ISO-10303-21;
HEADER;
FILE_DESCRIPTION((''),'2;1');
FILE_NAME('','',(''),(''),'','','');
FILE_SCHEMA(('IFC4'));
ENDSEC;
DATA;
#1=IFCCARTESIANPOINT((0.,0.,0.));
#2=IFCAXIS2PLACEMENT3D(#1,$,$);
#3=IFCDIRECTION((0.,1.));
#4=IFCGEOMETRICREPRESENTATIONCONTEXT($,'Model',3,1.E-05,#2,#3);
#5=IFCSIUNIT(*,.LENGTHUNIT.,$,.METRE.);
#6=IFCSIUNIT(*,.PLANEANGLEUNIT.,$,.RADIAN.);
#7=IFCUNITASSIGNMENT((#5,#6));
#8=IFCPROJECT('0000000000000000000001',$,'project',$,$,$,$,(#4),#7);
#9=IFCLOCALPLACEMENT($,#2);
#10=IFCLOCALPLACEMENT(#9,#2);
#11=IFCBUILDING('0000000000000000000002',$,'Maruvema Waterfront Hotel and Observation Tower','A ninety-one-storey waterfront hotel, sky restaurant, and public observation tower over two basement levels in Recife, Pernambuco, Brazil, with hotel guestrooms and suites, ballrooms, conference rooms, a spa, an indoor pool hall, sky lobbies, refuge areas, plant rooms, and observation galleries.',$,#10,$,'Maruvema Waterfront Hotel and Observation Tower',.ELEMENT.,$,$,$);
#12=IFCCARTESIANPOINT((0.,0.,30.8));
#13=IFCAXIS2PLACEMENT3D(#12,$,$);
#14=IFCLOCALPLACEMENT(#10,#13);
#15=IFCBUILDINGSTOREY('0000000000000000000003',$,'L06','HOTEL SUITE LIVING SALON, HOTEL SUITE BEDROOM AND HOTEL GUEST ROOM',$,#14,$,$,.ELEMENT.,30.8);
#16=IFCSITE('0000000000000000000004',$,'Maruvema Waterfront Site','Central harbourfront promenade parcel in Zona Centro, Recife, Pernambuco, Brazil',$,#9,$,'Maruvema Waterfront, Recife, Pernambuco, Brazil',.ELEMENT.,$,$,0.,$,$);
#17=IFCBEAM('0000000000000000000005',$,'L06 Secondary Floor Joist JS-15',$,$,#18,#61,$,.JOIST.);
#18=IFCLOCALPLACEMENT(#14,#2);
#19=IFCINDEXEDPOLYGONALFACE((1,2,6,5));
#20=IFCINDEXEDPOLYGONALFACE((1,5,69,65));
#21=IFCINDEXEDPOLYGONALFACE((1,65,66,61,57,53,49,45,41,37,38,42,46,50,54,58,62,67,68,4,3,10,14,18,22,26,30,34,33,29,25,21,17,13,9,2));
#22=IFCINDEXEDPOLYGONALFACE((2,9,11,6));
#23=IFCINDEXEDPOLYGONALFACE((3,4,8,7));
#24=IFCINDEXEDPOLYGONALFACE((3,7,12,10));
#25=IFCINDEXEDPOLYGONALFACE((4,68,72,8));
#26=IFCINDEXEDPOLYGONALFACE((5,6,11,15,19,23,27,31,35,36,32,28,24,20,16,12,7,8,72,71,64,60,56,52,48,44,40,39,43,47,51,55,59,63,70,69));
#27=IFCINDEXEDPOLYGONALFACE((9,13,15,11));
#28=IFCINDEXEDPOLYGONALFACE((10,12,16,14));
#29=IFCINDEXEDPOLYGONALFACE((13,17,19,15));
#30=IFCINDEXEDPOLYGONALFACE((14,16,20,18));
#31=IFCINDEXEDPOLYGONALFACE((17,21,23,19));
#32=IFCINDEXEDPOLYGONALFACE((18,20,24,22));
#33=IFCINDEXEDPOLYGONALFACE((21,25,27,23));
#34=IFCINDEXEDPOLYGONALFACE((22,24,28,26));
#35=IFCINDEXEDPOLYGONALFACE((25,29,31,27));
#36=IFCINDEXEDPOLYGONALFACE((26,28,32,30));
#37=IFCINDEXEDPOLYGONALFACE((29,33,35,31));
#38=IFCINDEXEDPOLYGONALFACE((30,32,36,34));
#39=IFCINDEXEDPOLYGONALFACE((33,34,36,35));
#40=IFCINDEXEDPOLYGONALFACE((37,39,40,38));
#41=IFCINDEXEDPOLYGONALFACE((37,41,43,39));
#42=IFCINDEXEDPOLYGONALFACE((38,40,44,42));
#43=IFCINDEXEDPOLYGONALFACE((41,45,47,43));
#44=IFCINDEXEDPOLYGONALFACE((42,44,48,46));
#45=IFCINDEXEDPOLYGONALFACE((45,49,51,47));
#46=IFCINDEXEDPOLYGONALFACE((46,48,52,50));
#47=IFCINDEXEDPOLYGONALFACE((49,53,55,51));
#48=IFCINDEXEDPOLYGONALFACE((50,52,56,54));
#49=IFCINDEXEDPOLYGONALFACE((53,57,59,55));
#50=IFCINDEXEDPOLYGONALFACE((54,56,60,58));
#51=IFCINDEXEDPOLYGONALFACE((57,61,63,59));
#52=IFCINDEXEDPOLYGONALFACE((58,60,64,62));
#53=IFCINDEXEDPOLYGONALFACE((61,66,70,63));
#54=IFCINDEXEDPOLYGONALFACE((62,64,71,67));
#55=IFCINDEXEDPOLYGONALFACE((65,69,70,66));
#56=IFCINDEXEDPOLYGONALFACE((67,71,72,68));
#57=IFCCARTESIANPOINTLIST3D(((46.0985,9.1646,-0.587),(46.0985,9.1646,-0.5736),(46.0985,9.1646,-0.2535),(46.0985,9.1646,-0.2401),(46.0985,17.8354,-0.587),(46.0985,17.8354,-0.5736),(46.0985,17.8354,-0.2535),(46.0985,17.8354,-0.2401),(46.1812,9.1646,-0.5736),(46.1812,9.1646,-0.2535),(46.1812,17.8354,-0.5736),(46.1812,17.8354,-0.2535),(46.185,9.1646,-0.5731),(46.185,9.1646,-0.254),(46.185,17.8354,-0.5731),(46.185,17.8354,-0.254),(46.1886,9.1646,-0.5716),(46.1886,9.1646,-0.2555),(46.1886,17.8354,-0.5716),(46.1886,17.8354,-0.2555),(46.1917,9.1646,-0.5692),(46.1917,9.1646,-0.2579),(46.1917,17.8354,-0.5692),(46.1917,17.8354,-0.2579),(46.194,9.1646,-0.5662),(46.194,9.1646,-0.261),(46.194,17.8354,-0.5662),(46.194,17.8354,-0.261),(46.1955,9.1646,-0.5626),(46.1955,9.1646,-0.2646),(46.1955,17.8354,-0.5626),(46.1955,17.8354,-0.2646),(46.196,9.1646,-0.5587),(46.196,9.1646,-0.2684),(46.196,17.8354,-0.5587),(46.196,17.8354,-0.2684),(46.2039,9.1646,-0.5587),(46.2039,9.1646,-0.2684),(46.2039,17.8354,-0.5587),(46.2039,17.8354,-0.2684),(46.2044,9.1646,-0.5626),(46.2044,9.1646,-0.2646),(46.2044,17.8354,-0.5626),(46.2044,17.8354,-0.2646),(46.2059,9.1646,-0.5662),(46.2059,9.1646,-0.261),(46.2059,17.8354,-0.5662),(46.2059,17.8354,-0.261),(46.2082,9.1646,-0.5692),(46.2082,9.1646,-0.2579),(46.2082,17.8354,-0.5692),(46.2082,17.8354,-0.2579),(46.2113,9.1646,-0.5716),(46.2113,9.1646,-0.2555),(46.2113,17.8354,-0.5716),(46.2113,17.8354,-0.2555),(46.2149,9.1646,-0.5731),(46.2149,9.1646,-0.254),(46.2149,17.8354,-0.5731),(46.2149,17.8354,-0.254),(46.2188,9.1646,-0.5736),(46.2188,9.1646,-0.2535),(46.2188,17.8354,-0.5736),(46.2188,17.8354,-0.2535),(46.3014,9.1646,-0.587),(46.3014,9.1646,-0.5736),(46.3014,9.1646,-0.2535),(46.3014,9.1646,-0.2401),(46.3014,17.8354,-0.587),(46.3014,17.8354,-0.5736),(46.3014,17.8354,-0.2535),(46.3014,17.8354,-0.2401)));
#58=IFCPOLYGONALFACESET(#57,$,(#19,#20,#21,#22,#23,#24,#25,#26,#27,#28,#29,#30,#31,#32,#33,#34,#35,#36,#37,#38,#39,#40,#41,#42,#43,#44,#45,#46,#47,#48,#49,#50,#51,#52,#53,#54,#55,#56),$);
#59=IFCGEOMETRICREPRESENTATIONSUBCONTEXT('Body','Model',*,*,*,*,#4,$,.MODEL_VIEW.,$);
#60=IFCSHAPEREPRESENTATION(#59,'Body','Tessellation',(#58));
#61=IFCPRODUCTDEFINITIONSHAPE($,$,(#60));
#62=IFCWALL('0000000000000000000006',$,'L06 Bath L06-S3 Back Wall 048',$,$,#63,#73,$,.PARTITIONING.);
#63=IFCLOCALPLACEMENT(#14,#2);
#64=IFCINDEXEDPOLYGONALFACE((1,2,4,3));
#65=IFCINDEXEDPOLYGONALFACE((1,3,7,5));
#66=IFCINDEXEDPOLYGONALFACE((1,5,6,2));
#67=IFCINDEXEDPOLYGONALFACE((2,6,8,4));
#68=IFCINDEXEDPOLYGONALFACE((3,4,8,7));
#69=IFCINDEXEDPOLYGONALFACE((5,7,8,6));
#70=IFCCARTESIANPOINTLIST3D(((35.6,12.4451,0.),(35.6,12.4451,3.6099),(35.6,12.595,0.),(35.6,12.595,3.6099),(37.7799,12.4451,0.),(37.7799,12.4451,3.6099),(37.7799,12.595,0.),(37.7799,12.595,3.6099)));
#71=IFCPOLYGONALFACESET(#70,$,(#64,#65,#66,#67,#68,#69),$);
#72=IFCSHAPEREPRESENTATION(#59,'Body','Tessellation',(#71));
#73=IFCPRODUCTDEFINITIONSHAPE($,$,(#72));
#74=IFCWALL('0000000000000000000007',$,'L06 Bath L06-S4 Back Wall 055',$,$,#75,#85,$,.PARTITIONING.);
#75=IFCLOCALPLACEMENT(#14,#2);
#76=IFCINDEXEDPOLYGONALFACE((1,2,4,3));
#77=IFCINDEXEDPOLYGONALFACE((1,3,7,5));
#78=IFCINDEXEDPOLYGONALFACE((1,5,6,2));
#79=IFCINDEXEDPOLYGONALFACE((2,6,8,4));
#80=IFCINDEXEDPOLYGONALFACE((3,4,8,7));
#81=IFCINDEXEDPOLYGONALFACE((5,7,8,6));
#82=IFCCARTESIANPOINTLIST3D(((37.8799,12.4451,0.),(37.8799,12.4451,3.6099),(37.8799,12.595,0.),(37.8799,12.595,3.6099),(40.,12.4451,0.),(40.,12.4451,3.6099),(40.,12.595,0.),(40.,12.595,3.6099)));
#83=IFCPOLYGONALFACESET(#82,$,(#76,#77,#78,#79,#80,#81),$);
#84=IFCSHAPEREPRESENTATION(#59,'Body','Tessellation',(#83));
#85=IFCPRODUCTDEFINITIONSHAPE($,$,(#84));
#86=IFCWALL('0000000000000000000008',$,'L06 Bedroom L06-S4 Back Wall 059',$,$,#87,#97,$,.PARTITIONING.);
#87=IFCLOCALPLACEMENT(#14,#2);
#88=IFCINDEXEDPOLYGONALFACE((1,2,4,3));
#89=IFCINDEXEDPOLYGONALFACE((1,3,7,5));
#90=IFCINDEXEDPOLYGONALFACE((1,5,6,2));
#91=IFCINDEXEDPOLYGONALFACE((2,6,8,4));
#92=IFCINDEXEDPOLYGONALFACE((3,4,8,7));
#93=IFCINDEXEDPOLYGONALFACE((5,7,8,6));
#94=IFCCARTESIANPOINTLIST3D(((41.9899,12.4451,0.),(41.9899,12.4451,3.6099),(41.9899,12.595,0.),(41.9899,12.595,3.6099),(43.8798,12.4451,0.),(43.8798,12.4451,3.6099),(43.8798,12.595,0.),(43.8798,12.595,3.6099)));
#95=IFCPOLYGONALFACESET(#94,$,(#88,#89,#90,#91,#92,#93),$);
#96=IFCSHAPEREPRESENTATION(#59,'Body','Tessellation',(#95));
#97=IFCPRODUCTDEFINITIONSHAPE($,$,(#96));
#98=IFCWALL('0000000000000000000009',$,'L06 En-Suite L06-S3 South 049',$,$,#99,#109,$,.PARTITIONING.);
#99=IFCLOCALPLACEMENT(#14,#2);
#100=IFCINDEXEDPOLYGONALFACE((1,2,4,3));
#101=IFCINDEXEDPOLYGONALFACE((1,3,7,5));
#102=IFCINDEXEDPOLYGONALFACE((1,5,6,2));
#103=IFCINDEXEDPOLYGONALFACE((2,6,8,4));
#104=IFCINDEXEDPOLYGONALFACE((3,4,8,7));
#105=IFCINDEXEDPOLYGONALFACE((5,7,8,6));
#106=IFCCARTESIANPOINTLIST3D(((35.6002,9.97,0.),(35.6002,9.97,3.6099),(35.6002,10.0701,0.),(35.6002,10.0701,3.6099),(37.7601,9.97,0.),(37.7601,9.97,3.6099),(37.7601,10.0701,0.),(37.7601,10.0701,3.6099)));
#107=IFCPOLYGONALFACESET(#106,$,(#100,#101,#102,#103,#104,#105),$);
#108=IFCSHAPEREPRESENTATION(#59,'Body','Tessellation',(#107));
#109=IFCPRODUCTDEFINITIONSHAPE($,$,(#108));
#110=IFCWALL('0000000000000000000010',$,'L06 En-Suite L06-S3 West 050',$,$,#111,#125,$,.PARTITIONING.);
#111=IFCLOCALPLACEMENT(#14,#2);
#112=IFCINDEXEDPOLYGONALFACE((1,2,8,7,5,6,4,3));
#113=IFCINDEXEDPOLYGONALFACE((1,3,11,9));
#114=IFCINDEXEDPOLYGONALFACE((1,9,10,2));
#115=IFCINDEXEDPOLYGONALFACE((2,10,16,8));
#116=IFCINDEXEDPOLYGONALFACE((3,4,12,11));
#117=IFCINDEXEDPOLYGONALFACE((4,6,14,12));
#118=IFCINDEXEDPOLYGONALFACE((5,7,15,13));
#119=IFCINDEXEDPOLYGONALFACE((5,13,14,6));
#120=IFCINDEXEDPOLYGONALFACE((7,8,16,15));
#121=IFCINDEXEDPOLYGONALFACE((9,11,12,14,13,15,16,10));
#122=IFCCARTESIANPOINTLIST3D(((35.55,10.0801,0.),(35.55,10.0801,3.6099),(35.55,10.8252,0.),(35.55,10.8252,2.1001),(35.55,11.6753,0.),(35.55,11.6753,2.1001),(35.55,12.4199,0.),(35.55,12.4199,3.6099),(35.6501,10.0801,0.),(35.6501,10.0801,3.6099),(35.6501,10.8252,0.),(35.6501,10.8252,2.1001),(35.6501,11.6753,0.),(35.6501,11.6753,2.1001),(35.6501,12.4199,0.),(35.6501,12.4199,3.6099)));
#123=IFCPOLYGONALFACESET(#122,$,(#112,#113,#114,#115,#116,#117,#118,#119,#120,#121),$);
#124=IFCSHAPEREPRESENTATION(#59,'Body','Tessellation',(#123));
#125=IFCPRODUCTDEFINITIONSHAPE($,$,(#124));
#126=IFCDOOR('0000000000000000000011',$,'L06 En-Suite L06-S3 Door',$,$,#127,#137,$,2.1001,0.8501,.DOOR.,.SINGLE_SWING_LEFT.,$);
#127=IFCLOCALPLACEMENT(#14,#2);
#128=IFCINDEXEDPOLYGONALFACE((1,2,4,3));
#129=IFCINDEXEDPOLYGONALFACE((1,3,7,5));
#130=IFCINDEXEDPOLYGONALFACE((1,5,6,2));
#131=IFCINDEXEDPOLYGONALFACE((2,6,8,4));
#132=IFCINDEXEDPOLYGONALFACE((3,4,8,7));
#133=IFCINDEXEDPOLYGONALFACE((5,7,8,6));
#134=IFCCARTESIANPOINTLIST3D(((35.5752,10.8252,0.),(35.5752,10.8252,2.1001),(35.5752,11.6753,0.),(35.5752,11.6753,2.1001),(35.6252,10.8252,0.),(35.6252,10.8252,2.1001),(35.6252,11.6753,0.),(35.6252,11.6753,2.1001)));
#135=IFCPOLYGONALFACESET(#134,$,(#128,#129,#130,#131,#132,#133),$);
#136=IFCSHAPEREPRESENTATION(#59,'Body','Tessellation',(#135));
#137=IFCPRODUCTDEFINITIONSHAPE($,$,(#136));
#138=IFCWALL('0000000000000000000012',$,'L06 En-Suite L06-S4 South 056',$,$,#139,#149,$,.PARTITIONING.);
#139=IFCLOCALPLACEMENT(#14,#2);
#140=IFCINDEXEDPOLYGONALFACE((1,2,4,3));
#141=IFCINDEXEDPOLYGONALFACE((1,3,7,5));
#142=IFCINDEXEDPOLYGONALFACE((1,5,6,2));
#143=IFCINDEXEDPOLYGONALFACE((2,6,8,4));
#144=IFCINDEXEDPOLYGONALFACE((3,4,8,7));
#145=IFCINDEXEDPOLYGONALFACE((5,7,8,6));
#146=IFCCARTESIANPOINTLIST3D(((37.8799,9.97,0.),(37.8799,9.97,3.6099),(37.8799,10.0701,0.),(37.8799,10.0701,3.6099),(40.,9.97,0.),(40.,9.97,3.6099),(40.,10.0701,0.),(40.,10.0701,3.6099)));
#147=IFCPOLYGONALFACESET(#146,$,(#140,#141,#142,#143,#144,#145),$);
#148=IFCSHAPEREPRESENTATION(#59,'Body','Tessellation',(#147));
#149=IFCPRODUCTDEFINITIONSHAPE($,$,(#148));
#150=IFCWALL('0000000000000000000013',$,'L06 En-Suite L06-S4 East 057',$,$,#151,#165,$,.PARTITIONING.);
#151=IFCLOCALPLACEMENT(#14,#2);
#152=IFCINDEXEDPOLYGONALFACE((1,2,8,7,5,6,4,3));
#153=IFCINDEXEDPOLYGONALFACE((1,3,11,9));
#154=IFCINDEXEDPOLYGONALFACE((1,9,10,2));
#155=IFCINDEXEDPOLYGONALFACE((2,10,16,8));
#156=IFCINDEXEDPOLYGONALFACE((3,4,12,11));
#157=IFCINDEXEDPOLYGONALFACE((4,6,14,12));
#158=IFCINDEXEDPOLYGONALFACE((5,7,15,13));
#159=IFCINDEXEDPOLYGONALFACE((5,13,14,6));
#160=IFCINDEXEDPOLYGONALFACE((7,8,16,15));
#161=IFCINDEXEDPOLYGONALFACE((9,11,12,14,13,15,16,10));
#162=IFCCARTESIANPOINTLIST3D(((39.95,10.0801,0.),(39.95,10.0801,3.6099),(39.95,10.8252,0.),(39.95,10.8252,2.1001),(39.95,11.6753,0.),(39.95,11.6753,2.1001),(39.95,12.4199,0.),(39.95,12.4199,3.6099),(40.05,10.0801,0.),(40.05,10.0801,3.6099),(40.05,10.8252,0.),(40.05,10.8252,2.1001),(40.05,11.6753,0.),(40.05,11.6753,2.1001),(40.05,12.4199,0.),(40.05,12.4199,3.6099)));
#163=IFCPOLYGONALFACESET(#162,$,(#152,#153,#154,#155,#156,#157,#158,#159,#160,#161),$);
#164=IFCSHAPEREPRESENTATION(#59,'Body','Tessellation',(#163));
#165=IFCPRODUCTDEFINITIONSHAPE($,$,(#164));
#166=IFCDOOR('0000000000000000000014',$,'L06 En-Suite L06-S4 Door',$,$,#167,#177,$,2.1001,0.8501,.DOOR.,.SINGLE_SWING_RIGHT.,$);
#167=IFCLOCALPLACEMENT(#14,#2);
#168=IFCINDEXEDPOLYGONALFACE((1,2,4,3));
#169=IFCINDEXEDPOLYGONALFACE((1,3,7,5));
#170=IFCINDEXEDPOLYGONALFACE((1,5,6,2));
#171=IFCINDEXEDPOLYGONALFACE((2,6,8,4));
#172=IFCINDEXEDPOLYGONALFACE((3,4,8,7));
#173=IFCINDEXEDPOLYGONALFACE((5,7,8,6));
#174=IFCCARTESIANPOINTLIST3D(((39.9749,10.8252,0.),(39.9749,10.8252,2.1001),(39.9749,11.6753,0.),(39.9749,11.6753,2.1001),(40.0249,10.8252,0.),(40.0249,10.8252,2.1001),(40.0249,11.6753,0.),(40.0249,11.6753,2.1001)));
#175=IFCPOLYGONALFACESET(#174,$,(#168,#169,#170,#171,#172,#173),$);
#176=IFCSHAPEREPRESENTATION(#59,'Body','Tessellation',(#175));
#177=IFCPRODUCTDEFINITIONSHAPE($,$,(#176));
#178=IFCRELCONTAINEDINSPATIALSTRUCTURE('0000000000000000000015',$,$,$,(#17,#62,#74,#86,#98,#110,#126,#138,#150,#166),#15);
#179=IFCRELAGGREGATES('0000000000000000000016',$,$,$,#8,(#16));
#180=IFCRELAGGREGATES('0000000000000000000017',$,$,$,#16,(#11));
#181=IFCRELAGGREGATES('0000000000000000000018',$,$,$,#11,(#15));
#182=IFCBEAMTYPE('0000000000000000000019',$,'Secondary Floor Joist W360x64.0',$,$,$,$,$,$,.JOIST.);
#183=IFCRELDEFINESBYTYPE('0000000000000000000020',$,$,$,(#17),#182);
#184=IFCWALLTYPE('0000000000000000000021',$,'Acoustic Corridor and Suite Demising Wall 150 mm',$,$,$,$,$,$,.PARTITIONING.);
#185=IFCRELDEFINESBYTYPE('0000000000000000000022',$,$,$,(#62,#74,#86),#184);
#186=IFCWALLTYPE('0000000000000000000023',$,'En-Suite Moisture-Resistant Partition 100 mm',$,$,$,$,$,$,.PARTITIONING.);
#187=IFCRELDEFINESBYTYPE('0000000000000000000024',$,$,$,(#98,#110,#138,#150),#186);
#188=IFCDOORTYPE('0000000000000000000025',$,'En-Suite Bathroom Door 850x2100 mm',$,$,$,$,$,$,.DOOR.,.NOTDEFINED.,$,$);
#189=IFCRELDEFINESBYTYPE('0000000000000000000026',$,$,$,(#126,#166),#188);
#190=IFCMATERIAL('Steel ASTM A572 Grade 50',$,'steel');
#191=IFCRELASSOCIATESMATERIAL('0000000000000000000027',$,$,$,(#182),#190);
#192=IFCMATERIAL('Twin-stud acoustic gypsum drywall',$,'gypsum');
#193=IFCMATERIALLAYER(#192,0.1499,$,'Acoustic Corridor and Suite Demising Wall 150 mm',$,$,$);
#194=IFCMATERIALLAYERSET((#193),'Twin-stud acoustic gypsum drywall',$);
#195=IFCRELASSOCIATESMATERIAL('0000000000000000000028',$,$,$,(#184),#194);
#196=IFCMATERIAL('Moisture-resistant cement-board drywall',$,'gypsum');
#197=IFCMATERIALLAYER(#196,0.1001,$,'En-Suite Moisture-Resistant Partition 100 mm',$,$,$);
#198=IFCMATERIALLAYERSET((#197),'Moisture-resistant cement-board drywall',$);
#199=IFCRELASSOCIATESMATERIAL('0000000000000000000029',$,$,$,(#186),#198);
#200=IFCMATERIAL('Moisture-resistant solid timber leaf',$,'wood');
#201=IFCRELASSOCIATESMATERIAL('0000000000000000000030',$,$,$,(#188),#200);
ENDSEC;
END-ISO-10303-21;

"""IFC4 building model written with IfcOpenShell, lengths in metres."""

from ifc_helpers import new_model, si_unit, direction, frame, frame_2d, origin, origin_2d, place, context, subcontext, project, spatial, rectangle, i_section, extrude, material, layer, layer_set, material_profile, profile_set, type_object, element, fill, save


model = new_model("IFC4")

# Units and contexts
model_context = context("Model", 3, precision=1e-05, world=origin(), true_north=direction((0.0, 1.0)))
body_context = subcontext(model_context, "Body", "Model", "MODEL_VIEW")
ifc_project = project(units=[si_unit("LENGTHUNIT", "METRE"), si_unit("PLANEANGLEUNIT", "RADIAN")], contexts=[model_context])

# Site, building, storey
site_placement = place(None, origin())
site = spatial("IfcSite", under=ifc_project, at=site_placement, Name="Maruvema Waterfront Site", Description="Central harbourfront promenade parcel in Zona Centro, Recife, Pernambuco, Brazil", LongName="Maruvema Waterfront, Recife, Pernambuco, Brazil", CompositionType="ELEMENT", RefElevation=0.0)
building_placement = place(site_placement, origin())
building = spatial("IfcBuilding", under=site, at=building_placement, Name="Maruvema Waterfront Hotel and Observation Tower", Description="A ninety-one-storey waterfront hotel, sky restaurant, and public observation tower over two basement levels in Recife, Pernambuco, Brazil, with hotel guestrooms and suites, ballrooms, conference rooms, a spa, an indoor pool hall, sky lobbies, refuge areas, plant rooms, and observation galleries.", LongName="Maruvema Waterfront Hotel and Observation Tower", CompositionType="ELEMENT")
storey_placement = place(building_placement, frame((0.0, 0.0, 30.8)))
storey = spatial("IfcBuildingStorey", under=building, at=storey_placement, Name="L06", Description="HOTEL SUITE LIVING SALON, HOTEL SUITE BEDROOM AND HOTEL GUEST ROOM", CompositionType="ELEMENT", Elevation=30.8)

# Beam
ifc_material_1 = material(Name="Steel ASTM A572 Grade 50", Category="steel")
ifc_material_profile_1 = material_profile(ifc_material_1, i_section(OverallWidth=0.2029, OverallDepth=0.3469, WebThickness=0.0078, FlangeThickness=0.0134, FilletRadius=0.0149, at=origin_2d()), Name="W360x64.0")
ifc_profile_set_1 = profile_set([ifc_material_profile_1], Name="Steel ASTM A572 Grade 50")
beam_type_1 = type_object("IfcBeamType", Name="Secondary Floor Joist W360x64.0", PredefinedType="JOIST", material=ifc_profile_set_1)
beam_1_placement = place(storey_placement, frame((46.2, 9.1646, -0.4136), z_axis=(0.0, 1.0, 0.0), x_axis=(-1.0, 0.0, 0.0)))
element("IfcBeam", 1, at=beam_1_placement, inside=storey, type_object=beam_type_1, Name="L06 Secondary Floor Joist JS-15", PredefinedType="JOIST", context=body_context, shape_type="SweptSolid", body=[
    extrude(i_section(OverallWidth=0.2029, OverallDepth=0.3469, WebThickness=0.0078, FlangeThickness=0.0134, FilletRadius=0.0149, at=origin_2d()), origin(), (0.0, 0.0, 1.0), 8.6709),
])

# Walls
ifc_material_2 = material(Name="Twin-stud acoustic gypsum drywall", Category="gypsum")
ifc_layer_1 = layer(ifc_material_2, 0.1499, Name="Acoustic Corridor and Suite Demising Wall 150 mm")
ifc_layer_set_1 = layer_set([ifc_layer_1], Name="Twin-stud acoustic gypsum drywall")
wall_type_1 = type_object("IfcWallType", Name="Acoustic Corridor and Suite Demising Wall 150 mm", PredefinedType="PARTITIONING", material=ifc_layer_set_1)
wall_1_placement = place(storey_placement, frame((35.6001, 12.52, 0.0), z_axis=(0.0, 0.0, 1.0), x_axis=(1.0, 0.0, 0.0)))
element("IfcWall", 2, at=wall_1_placement, inside=storey, type_object=wall_type_1, Name="L06 Bath L06-S3 Back Wall 048", PredefinedType="PARTITIONING", context=body_context, shape_type="SweptSolid", body=[
    extrude(rectangle(XDim=2.1799, YDim=0.1499, at=frame_2d((1.0898, 0.0))), origin(), (0.0, 0.0, 1.0), 3.6099),
])
wall_2_placement = place(storey_placement, frame((37.8799, 12.52, 0.0), z_axis=(0.0, 0.0, 1.0), x_axis=(1.0, 0.0, 0.0)))
element("IfcWall", 3, at=wall_2_placement, inside=storey, type_object=wall_type_1, Name="L06 Bath L06-S4 Back Wall 055", PredefinedType="PARTITIONING", context=body_context, shape_type="SweptSolid", body=[
    extrude(rectangle(XDim=2.1201, YDim=0.1499, at=frame_2d((1.0601, 0.0))), origin(), (0.0, 0.0, 1.0), 3.6099),
])

# Walls
wall_3_placement = place(storey_placement, frame((41.99, 12.52, 0.0), z_axis=(0.0, 0.0, 1.0), x_axis=(1.0, 0.0, 0.0)))
element("IfcWall", 4, at=wall_3_placement, inside=storey, type_object=wall_type_1, Name="L06 Bedroom L06-S4 Back Wall 059", PredefinedType="PARTITIONING", context=body_context, shape_type="SweptSolid", body=[
    extrude(rectangle(XDim=1.8899, YDim=0.1499, at=frame_2d((0.9448, 0.0))), origin(), (0.0, 0.0, 1.0), 3.6099),
])
ifc_material_3 = material(Name="Moisture-resistant cement-board drywall", Category="gypsum")
ifc_layer_2 = layer(ifc_material_3, 0.1001, Name="En-Suite Moisture-Resistant Partition 100 mm")
ifc_layer_set_2 = layer_set([ifc_layer_2], Name="Moisture-resistant cement-board drywall")
wall_type_2 = type_object("IfcWallType", Name="En-Suite Moisture-Resistant Partition 100 mm", PredefinedType="PARTITIONING", material=ifc_layer_set_2)
wall_4_placement = place(storey_placement, frame((35.6001, 10.02, 0.0), z_axis=(0.0, 0.0, 1.0), x_axis=(1.0, 0.0, 0.0)))
element("IfcWall", 5, at=wall_4_placement, inside=storey, type_object=wall_type_2, Name="L06 En-Suite L06-S3 South 049", PredefinedType="PARTITIONING", context=body_context, shape_type="SweptSolid", body=[
    extrude(rectangle(XDim=2.1599, YDim=0.1001, at=frame_2d((1.0801, 0.0))), origin(), (0.0, 0.0, 1.0), 3.6099),
])

# Wall, opening, door
wall_5_placement = place(storey_placement, frame((35.6001, 10.0801, 0.0), z_axis=(0.0, 0.0, 1.0), x_axis=(0.0, 1.0, 0.0)))
wall_5 = element("IfcWall", 6, at=wall_5_placement, inside=storey, type_object=wall_type_2, Name="L06 En-Suite L06-S3 West 050", PredefinedType="PARTITIONING", context=body_context, shape_type="SweptSolid", body=[
    extrude(rectangle(XDim=2.3398, YDim=0.1001, at=frame_2d((1.1699, 0.0))), origin(), (0.0, 0.0, 1.0), 3.6099),
])
opening_1_placement = place(wall_5_placement, frame((0.7451, 0.0, 0.0)))
opening_1 = element("IfcOpeningElement", 7, at=opening_1_placement, cuts=wall_5, PredefinedType="OPENING", context=body_context, shape_type="SweptSolid", body=[
    extrude(rectangle(XDim=0.8501, YDim=2.1001, at=frame_2d((0.425, 1.05))), frame((0.0, 0.0601, 0.0), z_axis=(0.0, -1.0, 0.0), x_axis=(1.0, 0.0, 0.0)), (0.0, 0.0, 1.0), 0.1201),
])
ifc_material_4 = material(Name="Moisture-resistant solid timber leaf", Category="wood")
door_type_1 = type_object("IfcDoorType", Name="En-Suite Bathroom Door 850x2100 mm", OperationType="NOTDEFINED", PredefinedType="DOOR", material=ifc_material_4)
door_1_placement = place(opening_1_placement, origin())
door_1 = element("IfcDoor", 8, at=door_1_placement, inside=storey, type_object=door_type_1, Name="L06 En-Suite L06-S3 Door", OperationType="SINGLE_SWING_LEFT", OverallHeight=2.1001, OverallWidth=0.8501, PredefinedType="DOOR", context=body_context, shape_type="SweptSolid", body=[
    extrude(rectangle(XDim=0.8501, YDim=2.1001, at=frame_2d((0.425, 1.05))), frame((0.0, 0.0249, 0.0), z_axis=(0.0, -1.0, 0.0), x_axis=(1.0, 0.0, 0.0)), (0.0, 0.0, 1.0), 0.05),
])
fill(opening_1, door_1)

# Wall
wall_6_placement = place(storey_placement, frame((37.8799, 10.02, 0.0), z_axis=(0.0, 0.0, 1.0), x_axis=(1.0, 0.0, 0.0)))
element("IfcWall", 9, at=wall_6_placement, inside=storey, type_object=wall_type_2, Name="L06 En-Suite L06-S4 South 056", PredefinedType="PARTITIONING", context=body_context, shape_type="SweptSolid", body=[
    extrude(rectangle(XDim=2.1201, YDim=0.1001, at=frame_2d((1.0601, 0.0))), origin(), (0.0, 0.0, 1.0), 3.6099),
])

# Wall, opening, door
wall_7_placement = place(storey_placement, frame((40.0, 10.0801, 0.0), z_axis=(0.0, 0.0, 1.0), x_axis=(0.0, 1.0, 0.0)))
wall_7 = element("IfcWall", 10, at=wall_7_placement, inside=storey, type_object=wall_type_2, Name="L06 En-Suite L06-S4 East 057", PredefinedType="PARTITIONING", context=body_context, shape_type="SweptSolid", body=[
    extrude(rectangle(XDim=2.3398, YDim=0.1001, at=frame_2d((1.1699, 0.0))), origin(), (0.0, 0.0, 1.0), 3.6099),
])
opening_2_placement = place(wall_7_placement, frame((0.7451, 0.0, 0.0)))
opening_2 = element("IfcOpeningElement", 11, at=opening_2_placement, cuts=wall_7, PredefinedType="OPENING", context=body_context, shape_type="SweptSolid", body=[
    extrude(rectangle(XDim=0.8501, YDim=2.1001, at=frame_2d((0.425, 1.05))), frame((0.0, 0.0601, 0.0), z_axis=(0.0, -1.0, 0.0), x_axis=(1.0, 0.0, 0.0)), (0.0, 0.0, 1.0), 0.1201),
])
door_2_placement = place(opening_2_placement, frame((0.8501, 0.0, 0.0), z_axis=(0.0, 0.0, 1.0), x_axis=(-1.0, 0.0, 0.0)))
door_2 = element("IfcDoor", 12, at=door_2_placement, inside=storey, type_object=door_type_1, Name="L06 En-Suite L06-S4 Door", OperationType="SINGLE_SWING_RIGHT", OverallHeight=2.1001, OverallWidth=0.8501, PredefinedType="DOOR", context=body_context, shape_type="SweptSolid", body=[
    extrude(rectangle(XDim=0.8501, YDim=2.1001, at=frame_2d((0.425, 1.05))), frame((0.0, 0.0249, 0.0), z_axis=(0.0, -1.0, 0.0), x_axis=(1.0, 0.0, 0.0)), (0.0, 0.0, 1.0), 0.05),
])
fill(opening_2, door_2)

save(model, "model.ifc")
